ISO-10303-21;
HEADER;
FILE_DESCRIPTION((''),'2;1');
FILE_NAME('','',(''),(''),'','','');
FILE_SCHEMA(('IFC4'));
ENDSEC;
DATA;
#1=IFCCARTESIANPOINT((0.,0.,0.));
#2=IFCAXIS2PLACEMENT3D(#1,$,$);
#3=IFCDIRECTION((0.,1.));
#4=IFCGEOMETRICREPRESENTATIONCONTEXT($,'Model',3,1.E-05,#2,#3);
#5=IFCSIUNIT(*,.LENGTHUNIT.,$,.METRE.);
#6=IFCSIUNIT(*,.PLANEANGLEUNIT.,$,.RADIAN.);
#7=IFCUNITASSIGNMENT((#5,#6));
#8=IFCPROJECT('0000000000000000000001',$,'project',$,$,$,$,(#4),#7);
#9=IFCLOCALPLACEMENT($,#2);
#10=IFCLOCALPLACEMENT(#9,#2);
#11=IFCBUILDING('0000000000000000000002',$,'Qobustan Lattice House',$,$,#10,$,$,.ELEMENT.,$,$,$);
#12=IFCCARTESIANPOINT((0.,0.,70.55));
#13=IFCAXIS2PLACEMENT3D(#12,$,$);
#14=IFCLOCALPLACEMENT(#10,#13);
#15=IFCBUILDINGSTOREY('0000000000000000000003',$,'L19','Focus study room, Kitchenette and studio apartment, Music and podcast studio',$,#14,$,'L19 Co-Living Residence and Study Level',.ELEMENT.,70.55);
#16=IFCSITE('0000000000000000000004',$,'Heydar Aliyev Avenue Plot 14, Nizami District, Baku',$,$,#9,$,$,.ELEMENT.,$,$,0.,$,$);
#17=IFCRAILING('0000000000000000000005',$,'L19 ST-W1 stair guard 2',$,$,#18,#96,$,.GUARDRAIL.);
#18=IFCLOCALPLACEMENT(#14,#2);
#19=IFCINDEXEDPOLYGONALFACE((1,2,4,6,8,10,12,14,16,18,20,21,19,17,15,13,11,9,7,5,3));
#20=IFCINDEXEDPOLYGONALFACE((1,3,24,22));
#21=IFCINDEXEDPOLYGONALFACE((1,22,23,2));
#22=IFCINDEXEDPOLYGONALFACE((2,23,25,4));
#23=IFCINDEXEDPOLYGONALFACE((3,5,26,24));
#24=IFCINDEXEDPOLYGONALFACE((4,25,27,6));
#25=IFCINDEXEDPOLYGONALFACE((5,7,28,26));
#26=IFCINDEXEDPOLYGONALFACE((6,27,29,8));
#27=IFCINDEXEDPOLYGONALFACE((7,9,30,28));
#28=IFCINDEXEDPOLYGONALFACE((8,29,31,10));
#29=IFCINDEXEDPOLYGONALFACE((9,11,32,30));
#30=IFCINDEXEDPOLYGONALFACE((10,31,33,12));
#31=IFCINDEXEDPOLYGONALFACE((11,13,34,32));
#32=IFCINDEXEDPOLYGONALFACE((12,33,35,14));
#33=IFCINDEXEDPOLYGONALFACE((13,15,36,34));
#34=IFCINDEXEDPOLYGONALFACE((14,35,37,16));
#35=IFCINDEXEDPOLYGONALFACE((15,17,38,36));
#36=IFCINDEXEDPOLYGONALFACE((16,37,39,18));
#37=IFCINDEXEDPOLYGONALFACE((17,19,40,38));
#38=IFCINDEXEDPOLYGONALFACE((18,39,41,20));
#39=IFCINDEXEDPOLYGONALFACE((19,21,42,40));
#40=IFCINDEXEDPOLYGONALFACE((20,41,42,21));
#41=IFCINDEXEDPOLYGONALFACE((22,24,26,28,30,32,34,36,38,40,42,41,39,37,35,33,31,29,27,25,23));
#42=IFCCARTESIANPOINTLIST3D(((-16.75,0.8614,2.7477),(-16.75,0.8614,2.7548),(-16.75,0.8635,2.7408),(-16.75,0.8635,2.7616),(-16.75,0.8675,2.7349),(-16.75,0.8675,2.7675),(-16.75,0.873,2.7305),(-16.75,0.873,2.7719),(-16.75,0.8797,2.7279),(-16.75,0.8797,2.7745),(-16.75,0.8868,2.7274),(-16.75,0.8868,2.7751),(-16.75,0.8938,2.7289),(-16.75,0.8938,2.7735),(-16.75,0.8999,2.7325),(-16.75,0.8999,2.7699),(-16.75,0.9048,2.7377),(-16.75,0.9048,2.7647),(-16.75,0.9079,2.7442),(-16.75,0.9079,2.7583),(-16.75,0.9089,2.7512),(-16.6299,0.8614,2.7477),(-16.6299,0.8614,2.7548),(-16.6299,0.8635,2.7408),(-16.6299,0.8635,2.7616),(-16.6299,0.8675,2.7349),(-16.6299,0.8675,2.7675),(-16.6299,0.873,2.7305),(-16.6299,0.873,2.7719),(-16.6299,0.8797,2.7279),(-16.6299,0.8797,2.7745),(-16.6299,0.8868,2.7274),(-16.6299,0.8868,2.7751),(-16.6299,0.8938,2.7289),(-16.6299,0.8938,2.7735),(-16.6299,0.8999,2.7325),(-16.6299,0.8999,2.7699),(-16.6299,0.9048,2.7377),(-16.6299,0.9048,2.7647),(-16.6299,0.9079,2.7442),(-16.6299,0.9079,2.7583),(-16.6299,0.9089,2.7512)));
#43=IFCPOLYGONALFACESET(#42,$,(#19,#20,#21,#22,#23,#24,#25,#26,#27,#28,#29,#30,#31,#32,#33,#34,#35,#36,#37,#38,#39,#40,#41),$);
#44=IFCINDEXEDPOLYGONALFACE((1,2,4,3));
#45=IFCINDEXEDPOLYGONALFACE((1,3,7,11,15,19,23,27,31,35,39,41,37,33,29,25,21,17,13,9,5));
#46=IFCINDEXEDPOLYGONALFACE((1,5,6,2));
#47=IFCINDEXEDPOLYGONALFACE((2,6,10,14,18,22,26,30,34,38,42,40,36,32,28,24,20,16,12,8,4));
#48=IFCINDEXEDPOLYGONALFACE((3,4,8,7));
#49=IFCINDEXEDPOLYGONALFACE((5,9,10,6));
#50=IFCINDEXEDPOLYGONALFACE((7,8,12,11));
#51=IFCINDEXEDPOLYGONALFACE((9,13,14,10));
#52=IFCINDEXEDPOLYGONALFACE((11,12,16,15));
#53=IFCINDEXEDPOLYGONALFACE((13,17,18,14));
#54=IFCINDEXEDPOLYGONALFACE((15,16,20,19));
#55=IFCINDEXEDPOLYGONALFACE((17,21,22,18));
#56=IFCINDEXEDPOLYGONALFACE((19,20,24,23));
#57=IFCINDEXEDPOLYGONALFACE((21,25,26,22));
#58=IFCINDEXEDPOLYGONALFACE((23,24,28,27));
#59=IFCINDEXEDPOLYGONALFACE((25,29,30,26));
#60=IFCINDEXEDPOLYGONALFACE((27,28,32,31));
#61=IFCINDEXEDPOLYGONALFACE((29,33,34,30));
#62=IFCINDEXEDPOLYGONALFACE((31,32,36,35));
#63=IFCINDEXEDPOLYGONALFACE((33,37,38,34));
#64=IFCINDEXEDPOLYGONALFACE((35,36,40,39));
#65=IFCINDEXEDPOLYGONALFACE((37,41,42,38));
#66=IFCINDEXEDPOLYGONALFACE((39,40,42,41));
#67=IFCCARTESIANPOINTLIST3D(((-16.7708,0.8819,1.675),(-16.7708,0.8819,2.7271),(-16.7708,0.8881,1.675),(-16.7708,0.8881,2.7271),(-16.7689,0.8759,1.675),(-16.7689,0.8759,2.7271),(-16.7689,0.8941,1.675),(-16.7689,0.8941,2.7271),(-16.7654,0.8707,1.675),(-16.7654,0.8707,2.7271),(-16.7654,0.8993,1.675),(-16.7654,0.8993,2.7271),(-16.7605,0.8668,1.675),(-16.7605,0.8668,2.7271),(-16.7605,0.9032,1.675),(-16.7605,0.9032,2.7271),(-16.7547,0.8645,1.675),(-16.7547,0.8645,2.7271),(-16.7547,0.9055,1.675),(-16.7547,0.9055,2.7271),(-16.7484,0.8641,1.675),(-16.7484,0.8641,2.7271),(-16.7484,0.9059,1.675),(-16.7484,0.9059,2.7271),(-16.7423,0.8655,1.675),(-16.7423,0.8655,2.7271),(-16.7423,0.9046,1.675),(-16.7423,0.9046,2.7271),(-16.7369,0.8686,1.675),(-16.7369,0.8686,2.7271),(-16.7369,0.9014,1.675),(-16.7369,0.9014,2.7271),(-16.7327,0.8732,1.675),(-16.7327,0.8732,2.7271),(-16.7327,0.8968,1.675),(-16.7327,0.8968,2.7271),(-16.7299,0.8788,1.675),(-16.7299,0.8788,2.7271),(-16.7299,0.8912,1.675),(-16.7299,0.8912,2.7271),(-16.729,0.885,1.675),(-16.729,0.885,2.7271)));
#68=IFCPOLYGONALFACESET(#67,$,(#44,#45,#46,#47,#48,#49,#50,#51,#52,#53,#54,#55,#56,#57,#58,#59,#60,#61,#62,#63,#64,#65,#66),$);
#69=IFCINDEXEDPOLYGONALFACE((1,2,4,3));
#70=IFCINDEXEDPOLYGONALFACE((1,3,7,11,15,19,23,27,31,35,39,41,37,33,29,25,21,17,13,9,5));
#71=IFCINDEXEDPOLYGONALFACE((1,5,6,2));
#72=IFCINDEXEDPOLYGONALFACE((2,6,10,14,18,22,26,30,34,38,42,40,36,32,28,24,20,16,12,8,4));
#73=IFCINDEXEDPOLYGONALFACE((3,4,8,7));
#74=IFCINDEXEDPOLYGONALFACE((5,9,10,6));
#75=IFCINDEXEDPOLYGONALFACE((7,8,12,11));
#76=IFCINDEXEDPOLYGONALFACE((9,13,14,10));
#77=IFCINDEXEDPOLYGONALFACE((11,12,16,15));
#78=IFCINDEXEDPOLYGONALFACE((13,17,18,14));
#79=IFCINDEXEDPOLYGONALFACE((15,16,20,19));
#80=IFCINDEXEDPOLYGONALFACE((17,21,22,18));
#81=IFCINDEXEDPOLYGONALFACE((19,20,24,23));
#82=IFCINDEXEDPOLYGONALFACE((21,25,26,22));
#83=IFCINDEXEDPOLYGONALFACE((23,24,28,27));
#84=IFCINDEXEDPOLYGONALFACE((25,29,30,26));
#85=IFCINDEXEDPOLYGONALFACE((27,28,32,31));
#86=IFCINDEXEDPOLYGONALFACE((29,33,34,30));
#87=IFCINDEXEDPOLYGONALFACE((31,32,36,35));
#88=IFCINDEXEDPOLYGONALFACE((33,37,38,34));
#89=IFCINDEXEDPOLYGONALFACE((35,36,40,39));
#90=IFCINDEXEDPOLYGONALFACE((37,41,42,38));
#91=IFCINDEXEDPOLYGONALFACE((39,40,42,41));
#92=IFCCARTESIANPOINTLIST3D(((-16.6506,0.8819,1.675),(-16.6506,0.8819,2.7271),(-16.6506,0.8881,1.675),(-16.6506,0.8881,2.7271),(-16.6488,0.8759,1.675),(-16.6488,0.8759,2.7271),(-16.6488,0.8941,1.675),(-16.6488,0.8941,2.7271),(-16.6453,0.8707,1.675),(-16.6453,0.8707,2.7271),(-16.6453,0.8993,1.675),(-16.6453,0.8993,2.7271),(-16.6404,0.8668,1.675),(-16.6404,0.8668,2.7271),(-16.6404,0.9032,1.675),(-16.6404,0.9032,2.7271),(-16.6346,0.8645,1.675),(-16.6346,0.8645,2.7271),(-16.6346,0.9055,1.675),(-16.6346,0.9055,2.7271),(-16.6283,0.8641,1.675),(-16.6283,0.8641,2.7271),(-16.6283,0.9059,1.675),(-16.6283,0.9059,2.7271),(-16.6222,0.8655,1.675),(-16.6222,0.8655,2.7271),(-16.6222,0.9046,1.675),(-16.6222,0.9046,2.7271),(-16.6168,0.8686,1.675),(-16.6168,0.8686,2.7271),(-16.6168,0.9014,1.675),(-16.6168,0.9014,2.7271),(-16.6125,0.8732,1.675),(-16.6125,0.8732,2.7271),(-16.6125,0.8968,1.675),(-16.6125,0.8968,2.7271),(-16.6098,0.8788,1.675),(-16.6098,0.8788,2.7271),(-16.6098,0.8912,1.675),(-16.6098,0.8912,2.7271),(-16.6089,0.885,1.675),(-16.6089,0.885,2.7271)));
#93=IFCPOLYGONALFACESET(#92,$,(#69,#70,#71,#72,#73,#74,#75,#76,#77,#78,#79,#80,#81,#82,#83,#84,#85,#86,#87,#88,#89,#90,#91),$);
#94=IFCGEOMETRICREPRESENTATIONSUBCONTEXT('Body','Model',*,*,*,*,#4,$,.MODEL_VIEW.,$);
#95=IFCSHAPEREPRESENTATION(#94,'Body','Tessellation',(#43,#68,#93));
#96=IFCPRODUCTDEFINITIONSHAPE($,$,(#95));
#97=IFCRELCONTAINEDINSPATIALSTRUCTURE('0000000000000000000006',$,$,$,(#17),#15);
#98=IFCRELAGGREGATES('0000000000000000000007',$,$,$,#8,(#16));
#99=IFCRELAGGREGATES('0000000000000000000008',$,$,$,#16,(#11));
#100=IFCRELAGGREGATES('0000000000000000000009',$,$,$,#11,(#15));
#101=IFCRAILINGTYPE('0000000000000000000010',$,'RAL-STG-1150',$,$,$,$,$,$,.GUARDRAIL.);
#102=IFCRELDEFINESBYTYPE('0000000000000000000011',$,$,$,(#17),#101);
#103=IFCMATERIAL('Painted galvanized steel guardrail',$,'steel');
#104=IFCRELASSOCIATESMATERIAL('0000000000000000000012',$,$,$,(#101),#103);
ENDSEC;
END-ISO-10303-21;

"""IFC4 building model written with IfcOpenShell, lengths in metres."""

from ifc_helpers import new_model, si_unit, direction, frame, origin, origin_2d, place, context, subcontext, project, spatial, circle, extrude, material, type_object, element, save


model = new_model("IFC4")

# Units and contexts
model_context = context("Model", 3, precision=1e-05, world=origin(), true_north=direction((0.0, 1.0)))
body_context = subcontext(model_context, "Body", "Model", "MODEL_VIEW")
ifc_project = project(units=[si_unit("LENGTHUNIT", "METRE"), si_unit("PLANEANGLEUNIT", "RADIAN")], contexts=[model_context])

# Site, building, storey
site_placement = place(None, origin())
site = spatial("IfcSite", under=ifc_project, at=site_placement, Name="Heydar Aliyev Avenue Plot 14, Nizami District, Baku", CompositionType="ELEMENT", RefElevation=0.0)
building_placement = place(site_placement, origin())
building = spatial("IfcBuilding", under=site, at=building_placement, Name="Qobustan Lattice House", CompositionType="ELEMENT")
storey_placement = place(building_placement, frame((0.0, 0.0, 70.55)))
storey = spatial("IfcBuildingStorey", under=building, at=storey_placement, Name="L19", Description="Focus study room, Kitchenette and studio apartment, Music and podcast studio", LongName="L19 Co-Living Residence and Study Level", CompositionType="ELEMENT", Elevation=70.55)

# Railing
ifc_material_1 = material(Name="Painted galvanized steel guardrail", Category="steel")
railing_type_1 = type_object("IfcRailingType", Name="RAL-STG-1150", PredefinedType="GUARDRAIL", material=ifc_material_1)
railing_1_placement = place(storey_placement, frame((-16.75, 0.885, 1.675)))
element("IfcRailing", 1, at=railing_1_placement, inside=storey, type_object=railing_type_1, Name="L19 ST-W1 stair guard 2", PredefinedType="GUARDRAIL", context=body_context, shape_type="SweptSolid", body=[
    extrude(circle(Radius=0.0239, at=origin_2d()), frame((0.0, 0.0, 1.0762), z_axis=(1.0, 0.0, 0.0), x_axis=(0.0, 1.0, 0.0)), (0.0, 0.0, 1.0), 0.1201),
    extrude(circle(Radius=0.021, at=origin_2d()), origin(), (0.0, 0.0, 1.0), 1.052),
    extrude(circle(Radius=0.021, at=origin_2d()), frame((0.1201, 0.0, 0.0)), (0.0, 0.0, 1.0), 1.052),
])

save(model, "model.ifc")
